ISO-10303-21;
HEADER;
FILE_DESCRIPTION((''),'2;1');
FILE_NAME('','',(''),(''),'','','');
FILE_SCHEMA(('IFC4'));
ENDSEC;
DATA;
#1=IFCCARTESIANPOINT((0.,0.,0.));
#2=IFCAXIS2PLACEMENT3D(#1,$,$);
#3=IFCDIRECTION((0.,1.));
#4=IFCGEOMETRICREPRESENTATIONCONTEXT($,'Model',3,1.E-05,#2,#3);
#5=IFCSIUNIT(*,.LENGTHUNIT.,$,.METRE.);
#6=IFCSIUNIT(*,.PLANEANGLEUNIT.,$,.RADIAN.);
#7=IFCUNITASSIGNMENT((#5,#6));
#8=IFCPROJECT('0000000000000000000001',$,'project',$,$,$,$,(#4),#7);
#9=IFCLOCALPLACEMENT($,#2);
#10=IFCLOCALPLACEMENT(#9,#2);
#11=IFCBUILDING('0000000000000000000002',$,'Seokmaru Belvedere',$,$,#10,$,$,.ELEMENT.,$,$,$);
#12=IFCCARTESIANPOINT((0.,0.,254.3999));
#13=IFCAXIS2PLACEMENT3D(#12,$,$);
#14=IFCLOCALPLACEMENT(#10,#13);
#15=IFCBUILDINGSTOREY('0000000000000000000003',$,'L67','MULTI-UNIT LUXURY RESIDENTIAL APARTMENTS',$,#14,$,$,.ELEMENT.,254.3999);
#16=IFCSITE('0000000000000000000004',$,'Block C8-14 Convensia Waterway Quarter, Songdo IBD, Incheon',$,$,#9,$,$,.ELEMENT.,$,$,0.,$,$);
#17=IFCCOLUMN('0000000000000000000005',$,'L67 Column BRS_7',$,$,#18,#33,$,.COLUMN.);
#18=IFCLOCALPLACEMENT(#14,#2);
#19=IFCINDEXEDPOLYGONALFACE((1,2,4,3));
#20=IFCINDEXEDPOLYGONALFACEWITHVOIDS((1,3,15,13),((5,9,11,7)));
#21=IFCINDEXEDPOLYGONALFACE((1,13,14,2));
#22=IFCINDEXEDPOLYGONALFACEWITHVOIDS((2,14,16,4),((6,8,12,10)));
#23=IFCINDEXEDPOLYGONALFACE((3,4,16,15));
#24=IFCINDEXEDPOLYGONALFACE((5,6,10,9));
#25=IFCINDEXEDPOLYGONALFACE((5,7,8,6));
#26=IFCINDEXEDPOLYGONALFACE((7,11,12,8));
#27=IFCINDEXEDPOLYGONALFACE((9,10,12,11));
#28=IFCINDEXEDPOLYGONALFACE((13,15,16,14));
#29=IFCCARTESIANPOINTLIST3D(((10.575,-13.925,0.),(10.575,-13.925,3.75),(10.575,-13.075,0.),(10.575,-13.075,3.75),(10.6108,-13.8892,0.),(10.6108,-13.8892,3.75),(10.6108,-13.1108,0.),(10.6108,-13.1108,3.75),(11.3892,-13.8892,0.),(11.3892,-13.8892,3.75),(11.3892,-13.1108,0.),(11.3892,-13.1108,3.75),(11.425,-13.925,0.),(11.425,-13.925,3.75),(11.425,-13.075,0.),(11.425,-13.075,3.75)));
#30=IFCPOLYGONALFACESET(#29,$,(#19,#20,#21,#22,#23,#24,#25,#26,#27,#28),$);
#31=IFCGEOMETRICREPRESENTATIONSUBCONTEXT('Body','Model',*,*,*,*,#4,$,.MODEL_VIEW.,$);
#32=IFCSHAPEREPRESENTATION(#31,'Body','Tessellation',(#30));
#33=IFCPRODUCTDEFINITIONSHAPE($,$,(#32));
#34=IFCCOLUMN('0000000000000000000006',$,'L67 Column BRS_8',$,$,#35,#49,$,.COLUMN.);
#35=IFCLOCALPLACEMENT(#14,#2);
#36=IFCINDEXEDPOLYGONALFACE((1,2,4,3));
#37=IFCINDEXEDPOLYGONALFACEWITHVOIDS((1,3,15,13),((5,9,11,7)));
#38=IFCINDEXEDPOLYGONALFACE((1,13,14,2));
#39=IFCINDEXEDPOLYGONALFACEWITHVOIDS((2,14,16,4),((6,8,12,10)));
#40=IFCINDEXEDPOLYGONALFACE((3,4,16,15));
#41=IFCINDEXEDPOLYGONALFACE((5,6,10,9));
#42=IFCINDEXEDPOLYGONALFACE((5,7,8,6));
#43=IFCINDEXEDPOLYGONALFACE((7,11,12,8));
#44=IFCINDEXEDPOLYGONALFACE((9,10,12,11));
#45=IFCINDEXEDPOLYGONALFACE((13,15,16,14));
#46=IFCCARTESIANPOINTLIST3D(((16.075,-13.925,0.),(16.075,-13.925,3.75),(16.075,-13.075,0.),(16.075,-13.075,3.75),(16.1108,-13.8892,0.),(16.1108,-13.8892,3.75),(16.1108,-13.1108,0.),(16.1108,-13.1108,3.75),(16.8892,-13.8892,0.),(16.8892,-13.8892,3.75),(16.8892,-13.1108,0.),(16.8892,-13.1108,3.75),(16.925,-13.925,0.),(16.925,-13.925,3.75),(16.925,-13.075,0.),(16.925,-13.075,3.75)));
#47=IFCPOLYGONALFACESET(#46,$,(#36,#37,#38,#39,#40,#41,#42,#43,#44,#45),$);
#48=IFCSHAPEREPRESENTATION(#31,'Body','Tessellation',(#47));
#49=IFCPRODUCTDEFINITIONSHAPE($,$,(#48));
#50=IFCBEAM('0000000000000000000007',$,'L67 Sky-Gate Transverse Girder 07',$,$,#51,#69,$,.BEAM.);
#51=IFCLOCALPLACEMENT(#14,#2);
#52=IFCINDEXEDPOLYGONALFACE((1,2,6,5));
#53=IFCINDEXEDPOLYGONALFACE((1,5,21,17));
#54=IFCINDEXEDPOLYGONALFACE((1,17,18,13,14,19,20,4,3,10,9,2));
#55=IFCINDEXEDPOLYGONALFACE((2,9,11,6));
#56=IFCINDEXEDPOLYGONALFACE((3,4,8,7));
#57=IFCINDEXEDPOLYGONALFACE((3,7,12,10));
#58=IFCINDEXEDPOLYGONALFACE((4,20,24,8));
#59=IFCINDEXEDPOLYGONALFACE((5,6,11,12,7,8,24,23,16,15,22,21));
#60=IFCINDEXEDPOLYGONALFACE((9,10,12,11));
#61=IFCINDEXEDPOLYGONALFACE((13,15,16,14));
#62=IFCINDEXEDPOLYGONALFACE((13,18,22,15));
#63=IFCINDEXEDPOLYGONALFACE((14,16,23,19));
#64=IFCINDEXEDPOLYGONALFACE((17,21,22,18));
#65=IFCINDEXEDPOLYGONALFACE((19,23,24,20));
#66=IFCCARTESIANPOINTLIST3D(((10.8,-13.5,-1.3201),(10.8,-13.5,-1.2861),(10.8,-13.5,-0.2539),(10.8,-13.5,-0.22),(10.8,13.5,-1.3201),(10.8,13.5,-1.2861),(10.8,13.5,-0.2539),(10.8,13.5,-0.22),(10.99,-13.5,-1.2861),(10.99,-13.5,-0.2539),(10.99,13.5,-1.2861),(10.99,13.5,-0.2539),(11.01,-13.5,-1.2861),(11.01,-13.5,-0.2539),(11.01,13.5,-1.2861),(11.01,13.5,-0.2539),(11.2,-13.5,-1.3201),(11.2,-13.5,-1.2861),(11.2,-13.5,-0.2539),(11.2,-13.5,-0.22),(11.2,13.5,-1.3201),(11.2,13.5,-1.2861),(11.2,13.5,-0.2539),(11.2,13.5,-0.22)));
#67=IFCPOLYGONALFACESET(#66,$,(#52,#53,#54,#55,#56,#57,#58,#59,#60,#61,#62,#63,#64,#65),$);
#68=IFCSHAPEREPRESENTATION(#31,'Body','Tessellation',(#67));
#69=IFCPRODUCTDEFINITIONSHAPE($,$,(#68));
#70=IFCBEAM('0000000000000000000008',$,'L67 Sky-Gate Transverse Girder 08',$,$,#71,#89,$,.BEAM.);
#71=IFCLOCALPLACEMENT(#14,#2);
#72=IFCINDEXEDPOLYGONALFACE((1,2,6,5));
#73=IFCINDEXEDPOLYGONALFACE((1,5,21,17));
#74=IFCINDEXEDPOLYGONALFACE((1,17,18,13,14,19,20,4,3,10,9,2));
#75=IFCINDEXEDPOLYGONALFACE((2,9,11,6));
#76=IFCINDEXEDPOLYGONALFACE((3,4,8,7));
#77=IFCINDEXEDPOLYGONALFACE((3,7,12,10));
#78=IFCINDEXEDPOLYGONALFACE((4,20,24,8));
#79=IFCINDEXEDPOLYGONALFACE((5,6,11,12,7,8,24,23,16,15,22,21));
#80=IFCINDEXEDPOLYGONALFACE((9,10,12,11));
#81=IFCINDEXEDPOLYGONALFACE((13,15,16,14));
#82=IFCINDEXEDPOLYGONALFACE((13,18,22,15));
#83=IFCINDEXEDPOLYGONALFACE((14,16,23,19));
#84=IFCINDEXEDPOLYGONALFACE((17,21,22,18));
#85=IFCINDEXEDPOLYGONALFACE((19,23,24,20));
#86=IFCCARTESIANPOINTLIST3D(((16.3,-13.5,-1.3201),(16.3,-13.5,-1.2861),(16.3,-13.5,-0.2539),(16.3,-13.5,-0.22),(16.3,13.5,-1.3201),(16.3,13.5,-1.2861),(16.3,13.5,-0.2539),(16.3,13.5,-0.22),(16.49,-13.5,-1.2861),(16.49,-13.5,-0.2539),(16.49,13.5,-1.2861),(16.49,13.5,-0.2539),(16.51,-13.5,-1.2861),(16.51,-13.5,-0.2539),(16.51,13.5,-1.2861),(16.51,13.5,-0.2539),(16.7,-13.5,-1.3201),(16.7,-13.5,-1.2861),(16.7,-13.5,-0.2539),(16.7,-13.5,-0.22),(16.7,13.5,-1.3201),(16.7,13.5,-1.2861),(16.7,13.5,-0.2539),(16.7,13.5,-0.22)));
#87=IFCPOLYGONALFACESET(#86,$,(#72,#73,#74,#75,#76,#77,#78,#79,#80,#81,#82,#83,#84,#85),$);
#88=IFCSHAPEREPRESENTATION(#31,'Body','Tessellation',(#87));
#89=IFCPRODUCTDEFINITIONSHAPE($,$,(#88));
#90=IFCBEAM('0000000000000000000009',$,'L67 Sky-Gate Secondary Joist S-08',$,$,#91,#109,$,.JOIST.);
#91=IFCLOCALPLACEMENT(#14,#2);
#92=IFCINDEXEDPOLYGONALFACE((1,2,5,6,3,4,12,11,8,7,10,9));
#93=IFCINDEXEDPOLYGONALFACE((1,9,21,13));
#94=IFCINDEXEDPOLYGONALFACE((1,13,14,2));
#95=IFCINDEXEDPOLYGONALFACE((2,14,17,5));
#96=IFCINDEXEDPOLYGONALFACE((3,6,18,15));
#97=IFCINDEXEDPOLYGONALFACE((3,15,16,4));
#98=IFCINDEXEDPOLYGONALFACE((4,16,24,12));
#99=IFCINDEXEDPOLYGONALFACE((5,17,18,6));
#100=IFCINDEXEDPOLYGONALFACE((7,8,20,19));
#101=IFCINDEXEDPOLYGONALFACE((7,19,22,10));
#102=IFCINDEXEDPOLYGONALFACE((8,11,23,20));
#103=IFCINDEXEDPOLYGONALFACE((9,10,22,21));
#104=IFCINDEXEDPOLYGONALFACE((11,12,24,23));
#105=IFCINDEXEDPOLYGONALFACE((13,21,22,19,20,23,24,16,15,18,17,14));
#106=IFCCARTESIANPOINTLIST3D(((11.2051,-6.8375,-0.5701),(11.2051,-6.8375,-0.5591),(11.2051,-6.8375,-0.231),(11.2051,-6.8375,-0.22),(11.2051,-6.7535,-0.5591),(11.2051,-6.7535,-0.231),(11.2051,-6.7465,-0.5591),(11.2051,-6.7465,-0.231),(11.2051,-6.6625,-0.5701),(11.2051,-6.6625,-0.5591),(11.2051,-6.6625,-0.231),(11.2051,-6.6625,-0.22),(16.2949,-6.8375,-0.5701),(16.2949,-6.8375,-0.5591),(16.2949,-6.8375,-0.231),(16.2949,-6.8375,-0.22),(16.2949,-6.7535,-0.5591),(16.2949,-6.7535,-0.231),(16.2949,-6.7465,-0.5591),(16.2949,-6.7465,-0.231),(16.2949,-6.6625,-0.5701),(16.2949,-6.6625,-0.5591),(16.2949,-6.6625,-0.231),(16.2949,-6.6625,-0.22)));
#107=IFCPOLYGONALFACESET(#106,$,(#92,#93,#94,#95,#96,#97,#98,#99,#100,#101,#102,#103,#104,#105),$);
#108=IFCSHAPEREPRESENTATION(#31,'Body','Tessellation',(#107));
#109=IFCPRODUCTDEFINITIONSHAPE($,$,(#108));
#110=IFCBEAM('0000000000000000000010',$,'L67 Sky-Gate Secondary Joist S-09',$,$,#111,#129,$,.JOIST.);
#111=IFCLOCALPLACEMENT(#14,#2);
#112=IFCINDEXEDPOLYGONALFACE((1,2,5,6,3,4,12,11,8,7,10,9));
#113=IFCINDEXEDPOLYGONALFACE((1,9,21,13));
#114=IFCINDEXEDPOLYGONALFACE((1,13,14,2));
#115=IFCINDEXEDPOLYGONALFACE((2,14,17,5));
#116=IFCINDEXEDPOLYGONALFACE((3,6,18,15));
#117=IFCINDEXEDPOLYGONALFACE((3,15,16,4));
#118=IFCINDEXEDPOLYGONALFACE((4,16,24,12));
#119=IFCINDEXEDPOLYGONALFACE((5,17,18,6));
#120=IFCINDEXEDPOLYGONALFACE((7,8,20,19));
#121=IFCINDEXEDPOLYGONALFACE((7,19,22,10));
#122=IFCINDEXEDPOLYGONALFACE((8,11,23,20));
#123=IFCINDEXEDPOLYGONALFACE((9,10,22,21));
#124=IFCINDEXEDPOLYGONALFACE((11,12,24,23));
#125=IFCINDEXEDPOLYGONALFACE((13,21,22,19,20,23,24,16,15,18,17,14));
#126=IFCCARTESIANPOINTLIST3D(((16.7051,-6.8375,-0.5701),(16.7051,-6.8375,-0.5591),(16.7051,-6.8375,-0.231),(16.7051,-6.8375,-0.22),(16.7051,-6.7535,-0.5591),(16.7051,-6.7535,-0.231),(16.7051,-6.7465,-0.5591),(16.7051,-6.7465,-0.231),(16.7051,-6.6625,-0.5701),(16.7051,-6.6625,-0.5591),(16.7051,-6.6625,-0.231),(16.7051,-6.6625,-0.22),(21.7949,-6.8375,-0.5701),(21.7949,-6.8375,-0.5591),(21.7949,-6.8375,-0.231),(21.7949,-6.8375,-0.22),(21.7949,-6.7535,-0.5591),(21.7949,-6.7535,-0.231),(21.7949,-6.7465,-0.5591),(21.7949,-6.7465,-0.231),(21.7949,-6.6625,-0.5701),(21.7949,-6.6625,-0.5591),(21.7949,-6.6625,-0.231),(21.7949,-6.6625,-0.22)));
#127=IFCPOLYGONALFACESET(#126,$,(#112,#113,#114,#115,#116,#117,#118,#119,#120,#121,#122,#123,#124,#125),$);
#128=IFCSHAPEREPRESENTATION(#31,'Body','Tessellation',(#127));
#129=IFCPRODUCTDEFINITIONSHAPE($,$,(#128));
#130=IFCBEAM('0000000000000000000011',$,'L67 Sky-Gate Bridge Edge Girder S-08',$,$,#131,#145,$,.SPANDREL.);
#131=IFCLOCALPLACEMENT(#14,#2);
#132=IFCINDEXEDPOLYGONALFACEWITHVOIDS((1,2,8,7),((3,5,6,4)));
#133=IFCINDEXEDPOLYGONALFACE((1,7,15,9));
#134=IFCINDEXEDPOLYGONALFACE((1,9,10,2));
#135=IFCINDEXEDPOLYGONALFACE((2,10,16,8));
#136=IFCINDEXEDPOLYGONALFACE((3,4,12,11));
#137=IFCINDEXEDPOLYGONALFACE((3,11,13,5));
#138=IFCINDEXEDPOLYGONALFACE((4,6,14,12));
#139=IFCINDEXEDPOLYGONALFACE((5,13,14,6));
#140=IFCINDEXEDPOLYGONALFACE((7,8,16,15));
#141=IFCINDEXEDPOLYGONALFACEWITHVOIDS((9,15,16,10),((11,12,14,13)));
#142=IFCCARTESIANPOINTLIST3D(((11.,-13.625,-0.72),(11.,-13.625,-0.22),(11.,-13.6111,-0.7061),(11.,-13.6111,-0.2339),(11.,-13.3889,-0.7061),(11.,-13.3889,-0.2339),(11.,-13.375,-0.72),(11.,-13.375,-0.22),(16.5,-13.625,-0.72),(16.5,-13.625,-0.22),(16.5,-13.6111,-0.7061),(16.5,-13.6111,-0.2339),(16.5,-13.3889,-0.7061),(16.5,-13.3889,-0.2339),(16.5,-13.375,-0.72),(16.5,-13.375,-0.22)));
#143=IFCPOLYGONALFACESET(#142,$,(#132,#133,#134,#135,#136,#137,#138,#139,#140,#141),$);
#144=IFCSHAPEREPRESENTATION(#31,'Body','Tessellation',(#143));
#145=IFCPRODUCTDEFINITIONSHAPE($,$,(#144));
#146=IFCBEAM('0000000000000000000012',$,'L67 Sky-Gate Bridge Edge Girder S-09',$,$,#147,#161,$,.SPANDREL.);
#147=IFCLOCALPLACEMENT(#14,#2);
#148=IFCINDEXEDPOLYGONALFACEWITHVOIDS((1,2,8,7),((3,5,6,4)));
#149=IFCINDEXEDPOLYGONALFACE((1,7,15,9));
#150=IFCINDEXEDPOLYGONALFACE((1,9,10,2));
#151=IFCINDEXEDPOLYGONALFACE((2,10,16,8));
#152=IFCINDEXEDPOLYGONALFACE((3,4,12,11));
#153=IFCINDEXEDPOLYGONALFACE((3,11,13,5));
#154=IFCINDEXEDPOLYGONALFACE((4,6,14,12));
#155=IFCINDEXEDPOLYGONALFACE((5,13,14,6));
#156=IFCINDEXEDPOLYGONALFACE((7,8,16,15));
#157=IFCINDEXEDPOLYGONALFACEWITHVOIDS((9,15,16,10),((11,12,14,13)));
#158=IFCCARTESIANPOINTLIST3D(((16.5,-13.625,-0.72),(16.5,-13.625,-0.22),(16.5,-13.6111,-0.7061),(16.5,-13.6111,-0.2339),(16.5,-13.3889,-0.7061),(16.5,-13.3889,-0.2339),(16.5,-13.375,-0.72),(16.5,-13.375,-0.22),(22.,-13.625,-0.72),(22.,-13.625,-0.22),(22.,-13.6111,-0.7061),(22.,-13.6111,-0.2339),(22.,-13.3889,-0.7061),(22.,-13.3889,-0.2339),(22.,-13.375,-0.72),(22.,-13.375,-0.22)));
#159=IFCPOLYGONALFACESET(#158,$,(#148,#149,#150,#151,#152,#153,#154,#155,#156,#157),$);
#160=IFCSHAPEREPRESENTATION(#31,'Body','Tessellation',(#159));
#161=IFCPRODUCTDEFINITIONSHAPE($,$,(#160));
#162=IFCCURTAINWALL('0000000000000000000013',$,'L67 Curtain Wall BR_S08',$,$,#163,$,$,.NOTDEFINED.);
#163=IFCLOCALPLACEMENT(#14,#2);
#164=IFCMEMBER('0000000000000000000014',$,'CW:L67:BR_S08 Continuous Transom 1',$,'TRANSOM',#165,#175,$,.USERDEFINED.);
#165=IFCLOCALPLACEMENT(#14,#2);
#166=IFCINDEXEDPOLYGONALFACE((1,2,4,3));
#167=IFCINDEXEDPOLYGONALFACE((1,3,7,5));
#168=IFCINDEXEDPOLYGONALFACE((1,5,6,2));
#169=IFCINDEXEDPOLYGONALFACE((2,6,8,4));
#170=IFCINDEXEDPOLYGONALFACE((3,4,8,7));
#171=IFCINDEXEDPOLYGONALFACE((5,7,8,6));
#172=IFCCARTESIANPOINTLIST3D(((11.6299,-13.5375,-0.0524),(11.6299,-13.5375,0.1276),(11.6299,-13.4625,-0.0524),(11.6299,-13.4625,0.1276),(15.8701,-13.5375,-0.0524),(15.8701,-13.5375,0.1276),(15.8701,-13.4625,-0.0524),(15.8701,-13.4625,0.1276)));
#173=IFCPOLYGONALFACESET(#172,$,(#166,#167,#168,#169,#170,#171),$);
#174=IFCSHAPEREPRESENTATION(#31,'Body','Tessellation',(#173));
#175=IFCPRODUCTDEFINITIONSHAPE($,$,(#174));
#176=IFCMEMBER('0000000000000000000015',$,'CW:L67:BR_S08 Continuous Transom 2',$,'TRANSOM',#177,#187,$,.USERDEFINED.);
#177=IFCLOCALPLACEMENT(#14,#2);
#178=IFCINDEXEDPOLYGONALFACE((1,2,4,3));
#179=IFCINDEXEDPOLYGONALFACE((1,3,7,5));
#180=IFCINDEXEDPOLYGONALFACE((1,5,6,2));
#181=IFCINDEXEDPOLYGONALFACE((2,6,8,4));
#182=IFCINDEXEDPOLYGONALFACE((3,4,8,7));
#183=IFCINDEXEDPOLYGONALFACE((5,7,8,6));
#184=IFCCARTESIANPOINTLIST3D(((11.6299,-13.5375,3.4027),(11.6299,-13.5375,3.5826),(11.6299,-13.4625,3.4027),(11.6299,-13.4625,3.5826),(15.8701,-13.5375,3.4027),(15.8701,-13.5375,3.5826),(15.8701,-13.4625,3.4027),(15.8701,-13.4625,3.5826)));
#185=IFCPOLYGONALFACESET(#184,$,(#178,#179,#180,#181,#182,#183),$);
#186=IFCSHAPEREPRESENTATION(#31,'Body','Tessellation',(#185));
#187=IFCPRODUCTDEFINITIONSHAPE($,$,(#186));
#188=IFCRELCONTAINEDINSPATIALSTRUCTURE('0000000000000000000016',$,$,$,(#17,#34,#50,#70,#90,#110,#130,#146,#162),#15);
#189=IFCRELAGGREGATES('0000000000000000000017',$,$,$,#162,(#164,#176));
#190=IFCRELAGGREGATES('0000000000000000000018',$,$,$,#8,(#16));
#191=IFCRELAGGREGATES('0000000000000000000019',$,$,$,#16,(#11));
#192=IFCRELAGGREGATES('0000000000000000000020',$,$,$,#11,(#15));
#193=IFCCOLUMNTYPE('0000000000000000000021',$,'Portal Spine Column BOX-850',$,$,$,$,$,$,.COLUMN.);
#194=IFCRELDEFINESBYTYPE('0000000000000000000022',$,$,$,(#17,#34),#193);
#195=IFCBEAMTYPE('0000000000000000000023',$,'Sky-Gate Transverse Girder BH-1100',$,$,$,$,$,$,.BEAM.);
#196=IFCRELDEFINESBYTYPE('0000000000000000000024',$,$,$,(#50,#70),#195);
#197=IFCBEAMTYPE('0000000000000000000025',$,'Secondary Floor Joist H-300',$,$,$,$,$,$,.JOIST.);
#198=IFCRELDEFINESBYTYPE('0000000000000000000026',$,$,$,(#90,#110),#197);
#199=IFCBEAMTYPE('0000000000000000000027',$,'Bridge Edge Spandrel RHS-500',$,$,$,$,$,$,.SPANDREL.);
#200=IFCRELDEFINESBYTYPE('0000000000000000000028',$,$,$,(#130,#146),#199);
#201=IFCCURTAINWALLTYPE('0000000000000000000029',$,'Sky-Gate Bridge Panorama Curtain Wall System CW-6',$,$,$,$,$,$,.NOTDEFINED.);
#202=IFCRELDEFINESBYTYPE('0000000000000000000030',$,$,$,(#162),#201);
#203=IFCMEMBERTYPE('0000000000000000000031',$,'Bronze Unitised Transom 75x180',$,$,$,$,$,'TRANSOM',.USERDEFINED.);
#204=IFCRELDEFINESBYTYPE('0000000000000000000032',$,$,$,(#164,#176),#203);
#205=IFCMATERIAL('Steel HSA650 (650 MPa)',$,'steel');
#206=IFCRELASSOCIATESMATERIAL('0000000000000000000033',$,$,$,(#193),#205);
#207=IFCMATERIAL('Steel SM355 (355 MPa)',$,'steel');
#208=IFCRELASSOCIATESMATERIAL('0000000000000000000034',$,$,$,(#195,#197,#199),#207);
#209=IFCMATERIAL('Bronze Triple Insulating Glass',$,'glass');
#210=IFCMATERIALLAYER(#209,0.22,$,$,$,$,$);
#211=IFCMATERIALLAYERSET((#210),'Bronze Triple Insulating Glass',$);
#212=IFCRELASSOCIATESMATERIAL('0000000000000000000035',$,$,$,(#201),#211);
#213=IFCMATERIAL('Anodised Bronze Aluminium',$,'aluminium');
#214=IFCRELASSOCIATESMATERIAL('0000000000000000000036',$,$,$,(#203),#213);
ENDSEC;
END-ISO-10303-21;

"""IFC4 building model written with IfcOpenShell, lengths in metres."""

from ifc_helpers import new_model, si_unit, direction, frame, origin, origin_2d, place, context, subcontext, project, spatial, rectangle, hollow_rectangle, i_section, extrude, source, transform, mapped, material, layer, layer_set, material_profile, profile_set, type_object, type_shapes, element, aggregate, save


model = new_model("IFC4")

# Units and contexts
model_context = context("Model", 3, precision=1e-05, world=origin(), true_north=direction((0.0, 1.0)))
body_context = subcontext(model_context, "Body", "Model", "MODEL_VIEW")
ifc_project = project(units=[si_unit("LENGTHUNIT", "METRE"), si_unit("PLANEANGLEUNIT", "RADIAN")], contexts=[model_context])

# Site, building, storey
site_placement = place(None, origin())
site = spatial("IfcSite", under=ifc_project, at=site_placement, Name="Block C8-14 Convensia Waterway Quarter, Songdo IBD, Incheon", CompositionType="ELEMENT", RefElevation=0.0)
building_placement = place(site_placement, origin())
building = spatial("IfcBuilding", under=site, at=building_placement, Name="Seokmaru Belvedere", CompositionType="ELEMENT")
storey_placement = place(building_placement, frame((0.0, 0.0, 254.3999)))
storey = spatial("IfcBuildingStorey", under=building, at=storey_placement, Name="L67", Description="MULTI-UNIT LUXURY RESIDENTIAL APARTMENTS", CompositionType="ELEMENT", Elevation=254.3999)

# Columns
ifc_material_1 = material(Name="Steel HSA650 (650 MPa)", Category="steel")
ifc_material_profile_1 = material_profile(ifc_material_1, hollow_rectangle(XDim=0.8501, YDim=0.8501, WallThickness=0.0359, at=origin_2d()), Name="BOX-850x850x36")
ifc_profile_set_1 = profile_set([ifc_material_profile_1], Name="Steel HSA650 (650 MPa)")
column_type = type_object("IfcColumnType", Name="Portal Spine Column BOX-850", PredefinedType="COLUMN", material=ifc_profile_set_1)
shared_shape_1 = source(origin(), body_context, "Body", "SweptSolid", [
    extrude(hollow_rectangle(XDim=0.8501, YDim=0.8501, WallThickness=0.0359, at=origin_2d()), origin(), (0.0, 0.0, 1.0), 3.75),
])
type_shapes(column_type, [shared_shape_1])
for number, where, z_axis, x_axis, name in (
    (1, (11.0, -13.5, 0.0), (0.0, 0.0, 1.0), (1.0, 0.0, 0.0), "L67 Column BRS_7"),
    (2, (16.5, -13.5, 0.0), (0.0, 0.0, 1.0), (1.0, 0.0, 0.0), "L67 Column BRS_8"),
):
    element("IfcColumn", number, at=place(storey_placement, frame(where, z_axis=z_axis, x_axis=x_axis)), inside=storey, type_object=column_type, Name=name, PredefinedType="COLUMN", context=body_context, shape_type="MappedRepresentation", body=[
        mapped(shared_shape_1, transform((0.0, 0.0, 0.0), scale=1.0)),
    ])

# Beams
ifc_material_2 = material(Name="Steel SM355 (355 MPa)", Category="steel")
ifc_material_profile_2 = material_profile(ifc_material_2, i_section(OverallWidth=0.3999, OverallDepth=1.1001, WebThickness=0.02, FlangeThickness=0.0339, at=origin_2d()), Name="BH-1100x400x20x34")
ifc_profile_set_2 = profile_set([ifc_material_profile_2], Name="Steel SM355 (355 MPa)")
beam_type_1 = type_object("IfcBeamType", Name="Sky-Gate Transverse Girder BH-1100", PredefinedType="BEAM", material=ifc_profile_set_2)
shared_shape_2 = source(origin(), body_context, "Body", "SweptSolid", [
    extrude(i_section(OverallWidth=0.3999, OverallDepth=1.1001, WebThickness=0.02, FlangeThickness=0.0339, at=origin_2d()), origin(), (0.0, 0.0, 1.0), 27.0),
])
type_shapes(beam_type_1, [shared_shape_2])
for number, where, z_axis, x_axis, name in (
    (3, (11.0, -13.5, -0.77), (0.0, 1.0, 0.0), (-1.0, 0.0, 0.0), "L67 Sky-Gate Transverse Girder 07"),
    (4, (16.5, -13.5, -0.77), (0.0, 1.0, 0.0), (-1.0, 0.0, 0.0), "L67 Sky-Gate Transverse Girder 08"),
):
    element("IfcBeam", number, at=place(storey_placement, frame(where, z_axis=z_axis, x_axis=x_axis)), inside=storey, type_object=beam_type_1, Name=name, PredefinedType="BEAM", context=body_context, shape_type="MappedRepresentation", body=[
        mapped(shared_shape_2, transform((0.0, 0.0, 0.0), scale=1.0)),
    ])
ifc_material_profile_3 = material_profile(ifc_material_2, i_section(OverallWidth=0.175, OverallDepth=0.3501, WebThickness=0.0071, FlangeThickness=0.011, at=origin_2d()), Name="H-350x175x7x11")
ifc_profile_set_3 = profile_set([ifc_material_profile_3], Name="Steel SM355 (355 MPa)")
beam_type_2 = type_object("IfcBeamType", Name="Secondary Floor Joist H-300", PredefinedType="JOIST", material=ifc_profile_set_3)
shared_shape_3 = source(origin(), body_context, "Body", "SweptSolid", [
    extrude(i_section(OverallWidth=0.175, OverallDepth=0.3501, WebThickness=0.0071, FlangeThickness=0.011, at=origin_2d()), origin(), (0.0, 0.0, 1.0), 5.0898),
])
type_shapes(beam_type_2, [shared_shape_3])
for number, where, z_axis, x_axis, name in (
    (5, (11.2051, -6.75, -0.395), (1.0, 0.0, 0.0), (0.0, 1.0, 0.0), "L67 Sky-Gate Secondary Joist S-08"),
    (6, (16.7051, -6.75, -0.395), (1.0, 0.0, 0.0), (0.0, 1.0, 0.0), "L67 Sky-Gate Secondary Joist S-09"),
):
    element("IfcBeam", number, at=place(storey_placement, frame(where, z_axis=z_axis, x_axis=x_axis)), inside=storey, type_object=beam_type_2, Name=name, PredefinedType="JOIST", context=body_context, shape_type="MappedRepresentation", body=[
        mapped(shared_shape_3, transform((0.0, 0.0, 0.0), scale=1.0)),
    ])
ifc_material_profile_4 = material_profile(ifc_material_2, hollow_rectangle(XDim=0.25, YDim=0.5, WallThickness=0.0139, at=origin_2d()), Name="RHS-500x250x14")
ifc_profile_set_4 = profile_set([ifc_material_profile_4], Name="Steel SM355 (355 MPa)")
beam_type_3 = type_object("IfcBeamType", Name="Bridge Edge Spandrel RHS-500", PredefinedType="SPANDREL", material=ifc_profile_set_4)
shared_shape_4 = source(origin(), body_context, "Body", "SweptSolid", [
    extrude(hollow_rectangle(XDim=0.25, YDim=0.5, WallThickness=0.0139, at=origin_2d()), origin(), (0.0, 0.0, 1.0), 5.5),
])
type_shapes(beam_type_3, [shared_shape_4])
for number, where, z_axis, x_axis, name in (
    (7, (11.0, -13.5, -0.47), (1.0, 0.0, 0.0), (0.0, 1.0, 0.0), "L67 Sky-Gate Bridge Edge Girder S-08"),
    (8, (16.5, -13.5, -0.47), (1.0, 0.0, 0.0), (0.0, 1.0, 0.0), "L67 Sky-Gate Bridge Edge Girder S-09"),
):
    element("IfcBeam", number, at=place(storey_placement, frame(where, z_axis=z_axis, x_axis=x_axis)), inside=storey, type_object=beam_type_3, Name=name, PredefinedType="SPANDREL", context=body_context, shape_type="MappedRepresentation", body=[
        mapped(shared_shape_4, transform((0.0, 0.0, 0.0), scale=1.0)),
    ])

# Curtain wall, members
ifc_material_3 = material(Name="Bronze Triple Insulating Glass", Category="glass")
ifc_layer_1 = layer(ifc_material_3, 0.22)
ifc_layer_set_1 = layer_set([ifc_layer_1], Name="Bronze Triple Insulating Glass")
curtain_wall_type = type_object("IfcCurtainWallType", Name="Sky-Gate Bridge Panorama Curtain Wall System CW-6", PredefinedType="NOTDEFINED", material=ifc_layer_set_1)
curtain_wall_1_placement = place(storey_placement, origin())
curtain_wall_1 = element("IfcCurtainWall", 9, at=curtain_wall_1_placement, inside=storey, type_object=curtain_wall_type, Name="L67 Curtain Wall BR_S08", PredefinedType="NOTDEFINED")
ifc_material_4 = material(Name="Anodised Bronze Aluminium", Category="aluminium")
ifc_material_profile_5 = material_profile(ifc_material_4, rectangle(XDim=0.075, YDim=0.1799, at=origin_2d()), Name="CW-T-75x180")
ifc_profile_set_5 = profile_set([ifc_material_profile_5], Name="Anodised Bronze Aluminium")
member_type_1 = type_object("IfcMemberType", Name="Bronze Unitised Transom 75x180", ElementType="TRANSOM", PredefinedType="USERDEFINED", material=ifc_profile_set_5)
shared_shape_5 = source(origin(), body_context, "Body", "SweptSolid", [
    extrude(rectangle(XDim=0.075, YDim=0.1799, at=origin_2d()), origin(), (0.0, 0.0, 1.0), 4.2402),
])
type_shapes(member_type_1, [shared_shape_5])
member_1_placement = place(storey_placement, frame((11.6299, -13.5, 0.0376), z_axis=(1.0, 0.0, 0.0), x_axis=(0.0, 1.0, 0.0)))
member_1 = element("IfcMember", 10, at=member_1_placement, type_object=member_type_1, Name="CW:L67:BR_S08 Continuous Transom 1", ObjectType="TRANSOM", PredefinedType="USERDEFINED", context=body_context, shape_type="MappedRepresentation", body=[
    mapped(shared_shape_5, transform((0.0, 0.0, 0.0), scale=1.0)),
])
member_2_placement = place(storey_placement, frame((11.6299, -13.5, 3.4927), z_axis=(1.0, 0.0, 0.0), x_axis=(0.0, 1.0, 0.0)))
member_2 = element("IfcMember", 11, at=member_2_placement, type_object=member_type_1, Name="CW:L67:BR_S08 Continuous Transom 2", ObjectType="TRANSOM", PredefinedType="USERDEFINED", context=body_context, shape_type="MappedRepresentation", body=[
    mapped(shared_shape_5, transform((0.0, 0.0, 0.0), scale=1.0)),
])

aggregate(curtain_wall_1, [member_1, member_2])

save(model, "model.ifc")
